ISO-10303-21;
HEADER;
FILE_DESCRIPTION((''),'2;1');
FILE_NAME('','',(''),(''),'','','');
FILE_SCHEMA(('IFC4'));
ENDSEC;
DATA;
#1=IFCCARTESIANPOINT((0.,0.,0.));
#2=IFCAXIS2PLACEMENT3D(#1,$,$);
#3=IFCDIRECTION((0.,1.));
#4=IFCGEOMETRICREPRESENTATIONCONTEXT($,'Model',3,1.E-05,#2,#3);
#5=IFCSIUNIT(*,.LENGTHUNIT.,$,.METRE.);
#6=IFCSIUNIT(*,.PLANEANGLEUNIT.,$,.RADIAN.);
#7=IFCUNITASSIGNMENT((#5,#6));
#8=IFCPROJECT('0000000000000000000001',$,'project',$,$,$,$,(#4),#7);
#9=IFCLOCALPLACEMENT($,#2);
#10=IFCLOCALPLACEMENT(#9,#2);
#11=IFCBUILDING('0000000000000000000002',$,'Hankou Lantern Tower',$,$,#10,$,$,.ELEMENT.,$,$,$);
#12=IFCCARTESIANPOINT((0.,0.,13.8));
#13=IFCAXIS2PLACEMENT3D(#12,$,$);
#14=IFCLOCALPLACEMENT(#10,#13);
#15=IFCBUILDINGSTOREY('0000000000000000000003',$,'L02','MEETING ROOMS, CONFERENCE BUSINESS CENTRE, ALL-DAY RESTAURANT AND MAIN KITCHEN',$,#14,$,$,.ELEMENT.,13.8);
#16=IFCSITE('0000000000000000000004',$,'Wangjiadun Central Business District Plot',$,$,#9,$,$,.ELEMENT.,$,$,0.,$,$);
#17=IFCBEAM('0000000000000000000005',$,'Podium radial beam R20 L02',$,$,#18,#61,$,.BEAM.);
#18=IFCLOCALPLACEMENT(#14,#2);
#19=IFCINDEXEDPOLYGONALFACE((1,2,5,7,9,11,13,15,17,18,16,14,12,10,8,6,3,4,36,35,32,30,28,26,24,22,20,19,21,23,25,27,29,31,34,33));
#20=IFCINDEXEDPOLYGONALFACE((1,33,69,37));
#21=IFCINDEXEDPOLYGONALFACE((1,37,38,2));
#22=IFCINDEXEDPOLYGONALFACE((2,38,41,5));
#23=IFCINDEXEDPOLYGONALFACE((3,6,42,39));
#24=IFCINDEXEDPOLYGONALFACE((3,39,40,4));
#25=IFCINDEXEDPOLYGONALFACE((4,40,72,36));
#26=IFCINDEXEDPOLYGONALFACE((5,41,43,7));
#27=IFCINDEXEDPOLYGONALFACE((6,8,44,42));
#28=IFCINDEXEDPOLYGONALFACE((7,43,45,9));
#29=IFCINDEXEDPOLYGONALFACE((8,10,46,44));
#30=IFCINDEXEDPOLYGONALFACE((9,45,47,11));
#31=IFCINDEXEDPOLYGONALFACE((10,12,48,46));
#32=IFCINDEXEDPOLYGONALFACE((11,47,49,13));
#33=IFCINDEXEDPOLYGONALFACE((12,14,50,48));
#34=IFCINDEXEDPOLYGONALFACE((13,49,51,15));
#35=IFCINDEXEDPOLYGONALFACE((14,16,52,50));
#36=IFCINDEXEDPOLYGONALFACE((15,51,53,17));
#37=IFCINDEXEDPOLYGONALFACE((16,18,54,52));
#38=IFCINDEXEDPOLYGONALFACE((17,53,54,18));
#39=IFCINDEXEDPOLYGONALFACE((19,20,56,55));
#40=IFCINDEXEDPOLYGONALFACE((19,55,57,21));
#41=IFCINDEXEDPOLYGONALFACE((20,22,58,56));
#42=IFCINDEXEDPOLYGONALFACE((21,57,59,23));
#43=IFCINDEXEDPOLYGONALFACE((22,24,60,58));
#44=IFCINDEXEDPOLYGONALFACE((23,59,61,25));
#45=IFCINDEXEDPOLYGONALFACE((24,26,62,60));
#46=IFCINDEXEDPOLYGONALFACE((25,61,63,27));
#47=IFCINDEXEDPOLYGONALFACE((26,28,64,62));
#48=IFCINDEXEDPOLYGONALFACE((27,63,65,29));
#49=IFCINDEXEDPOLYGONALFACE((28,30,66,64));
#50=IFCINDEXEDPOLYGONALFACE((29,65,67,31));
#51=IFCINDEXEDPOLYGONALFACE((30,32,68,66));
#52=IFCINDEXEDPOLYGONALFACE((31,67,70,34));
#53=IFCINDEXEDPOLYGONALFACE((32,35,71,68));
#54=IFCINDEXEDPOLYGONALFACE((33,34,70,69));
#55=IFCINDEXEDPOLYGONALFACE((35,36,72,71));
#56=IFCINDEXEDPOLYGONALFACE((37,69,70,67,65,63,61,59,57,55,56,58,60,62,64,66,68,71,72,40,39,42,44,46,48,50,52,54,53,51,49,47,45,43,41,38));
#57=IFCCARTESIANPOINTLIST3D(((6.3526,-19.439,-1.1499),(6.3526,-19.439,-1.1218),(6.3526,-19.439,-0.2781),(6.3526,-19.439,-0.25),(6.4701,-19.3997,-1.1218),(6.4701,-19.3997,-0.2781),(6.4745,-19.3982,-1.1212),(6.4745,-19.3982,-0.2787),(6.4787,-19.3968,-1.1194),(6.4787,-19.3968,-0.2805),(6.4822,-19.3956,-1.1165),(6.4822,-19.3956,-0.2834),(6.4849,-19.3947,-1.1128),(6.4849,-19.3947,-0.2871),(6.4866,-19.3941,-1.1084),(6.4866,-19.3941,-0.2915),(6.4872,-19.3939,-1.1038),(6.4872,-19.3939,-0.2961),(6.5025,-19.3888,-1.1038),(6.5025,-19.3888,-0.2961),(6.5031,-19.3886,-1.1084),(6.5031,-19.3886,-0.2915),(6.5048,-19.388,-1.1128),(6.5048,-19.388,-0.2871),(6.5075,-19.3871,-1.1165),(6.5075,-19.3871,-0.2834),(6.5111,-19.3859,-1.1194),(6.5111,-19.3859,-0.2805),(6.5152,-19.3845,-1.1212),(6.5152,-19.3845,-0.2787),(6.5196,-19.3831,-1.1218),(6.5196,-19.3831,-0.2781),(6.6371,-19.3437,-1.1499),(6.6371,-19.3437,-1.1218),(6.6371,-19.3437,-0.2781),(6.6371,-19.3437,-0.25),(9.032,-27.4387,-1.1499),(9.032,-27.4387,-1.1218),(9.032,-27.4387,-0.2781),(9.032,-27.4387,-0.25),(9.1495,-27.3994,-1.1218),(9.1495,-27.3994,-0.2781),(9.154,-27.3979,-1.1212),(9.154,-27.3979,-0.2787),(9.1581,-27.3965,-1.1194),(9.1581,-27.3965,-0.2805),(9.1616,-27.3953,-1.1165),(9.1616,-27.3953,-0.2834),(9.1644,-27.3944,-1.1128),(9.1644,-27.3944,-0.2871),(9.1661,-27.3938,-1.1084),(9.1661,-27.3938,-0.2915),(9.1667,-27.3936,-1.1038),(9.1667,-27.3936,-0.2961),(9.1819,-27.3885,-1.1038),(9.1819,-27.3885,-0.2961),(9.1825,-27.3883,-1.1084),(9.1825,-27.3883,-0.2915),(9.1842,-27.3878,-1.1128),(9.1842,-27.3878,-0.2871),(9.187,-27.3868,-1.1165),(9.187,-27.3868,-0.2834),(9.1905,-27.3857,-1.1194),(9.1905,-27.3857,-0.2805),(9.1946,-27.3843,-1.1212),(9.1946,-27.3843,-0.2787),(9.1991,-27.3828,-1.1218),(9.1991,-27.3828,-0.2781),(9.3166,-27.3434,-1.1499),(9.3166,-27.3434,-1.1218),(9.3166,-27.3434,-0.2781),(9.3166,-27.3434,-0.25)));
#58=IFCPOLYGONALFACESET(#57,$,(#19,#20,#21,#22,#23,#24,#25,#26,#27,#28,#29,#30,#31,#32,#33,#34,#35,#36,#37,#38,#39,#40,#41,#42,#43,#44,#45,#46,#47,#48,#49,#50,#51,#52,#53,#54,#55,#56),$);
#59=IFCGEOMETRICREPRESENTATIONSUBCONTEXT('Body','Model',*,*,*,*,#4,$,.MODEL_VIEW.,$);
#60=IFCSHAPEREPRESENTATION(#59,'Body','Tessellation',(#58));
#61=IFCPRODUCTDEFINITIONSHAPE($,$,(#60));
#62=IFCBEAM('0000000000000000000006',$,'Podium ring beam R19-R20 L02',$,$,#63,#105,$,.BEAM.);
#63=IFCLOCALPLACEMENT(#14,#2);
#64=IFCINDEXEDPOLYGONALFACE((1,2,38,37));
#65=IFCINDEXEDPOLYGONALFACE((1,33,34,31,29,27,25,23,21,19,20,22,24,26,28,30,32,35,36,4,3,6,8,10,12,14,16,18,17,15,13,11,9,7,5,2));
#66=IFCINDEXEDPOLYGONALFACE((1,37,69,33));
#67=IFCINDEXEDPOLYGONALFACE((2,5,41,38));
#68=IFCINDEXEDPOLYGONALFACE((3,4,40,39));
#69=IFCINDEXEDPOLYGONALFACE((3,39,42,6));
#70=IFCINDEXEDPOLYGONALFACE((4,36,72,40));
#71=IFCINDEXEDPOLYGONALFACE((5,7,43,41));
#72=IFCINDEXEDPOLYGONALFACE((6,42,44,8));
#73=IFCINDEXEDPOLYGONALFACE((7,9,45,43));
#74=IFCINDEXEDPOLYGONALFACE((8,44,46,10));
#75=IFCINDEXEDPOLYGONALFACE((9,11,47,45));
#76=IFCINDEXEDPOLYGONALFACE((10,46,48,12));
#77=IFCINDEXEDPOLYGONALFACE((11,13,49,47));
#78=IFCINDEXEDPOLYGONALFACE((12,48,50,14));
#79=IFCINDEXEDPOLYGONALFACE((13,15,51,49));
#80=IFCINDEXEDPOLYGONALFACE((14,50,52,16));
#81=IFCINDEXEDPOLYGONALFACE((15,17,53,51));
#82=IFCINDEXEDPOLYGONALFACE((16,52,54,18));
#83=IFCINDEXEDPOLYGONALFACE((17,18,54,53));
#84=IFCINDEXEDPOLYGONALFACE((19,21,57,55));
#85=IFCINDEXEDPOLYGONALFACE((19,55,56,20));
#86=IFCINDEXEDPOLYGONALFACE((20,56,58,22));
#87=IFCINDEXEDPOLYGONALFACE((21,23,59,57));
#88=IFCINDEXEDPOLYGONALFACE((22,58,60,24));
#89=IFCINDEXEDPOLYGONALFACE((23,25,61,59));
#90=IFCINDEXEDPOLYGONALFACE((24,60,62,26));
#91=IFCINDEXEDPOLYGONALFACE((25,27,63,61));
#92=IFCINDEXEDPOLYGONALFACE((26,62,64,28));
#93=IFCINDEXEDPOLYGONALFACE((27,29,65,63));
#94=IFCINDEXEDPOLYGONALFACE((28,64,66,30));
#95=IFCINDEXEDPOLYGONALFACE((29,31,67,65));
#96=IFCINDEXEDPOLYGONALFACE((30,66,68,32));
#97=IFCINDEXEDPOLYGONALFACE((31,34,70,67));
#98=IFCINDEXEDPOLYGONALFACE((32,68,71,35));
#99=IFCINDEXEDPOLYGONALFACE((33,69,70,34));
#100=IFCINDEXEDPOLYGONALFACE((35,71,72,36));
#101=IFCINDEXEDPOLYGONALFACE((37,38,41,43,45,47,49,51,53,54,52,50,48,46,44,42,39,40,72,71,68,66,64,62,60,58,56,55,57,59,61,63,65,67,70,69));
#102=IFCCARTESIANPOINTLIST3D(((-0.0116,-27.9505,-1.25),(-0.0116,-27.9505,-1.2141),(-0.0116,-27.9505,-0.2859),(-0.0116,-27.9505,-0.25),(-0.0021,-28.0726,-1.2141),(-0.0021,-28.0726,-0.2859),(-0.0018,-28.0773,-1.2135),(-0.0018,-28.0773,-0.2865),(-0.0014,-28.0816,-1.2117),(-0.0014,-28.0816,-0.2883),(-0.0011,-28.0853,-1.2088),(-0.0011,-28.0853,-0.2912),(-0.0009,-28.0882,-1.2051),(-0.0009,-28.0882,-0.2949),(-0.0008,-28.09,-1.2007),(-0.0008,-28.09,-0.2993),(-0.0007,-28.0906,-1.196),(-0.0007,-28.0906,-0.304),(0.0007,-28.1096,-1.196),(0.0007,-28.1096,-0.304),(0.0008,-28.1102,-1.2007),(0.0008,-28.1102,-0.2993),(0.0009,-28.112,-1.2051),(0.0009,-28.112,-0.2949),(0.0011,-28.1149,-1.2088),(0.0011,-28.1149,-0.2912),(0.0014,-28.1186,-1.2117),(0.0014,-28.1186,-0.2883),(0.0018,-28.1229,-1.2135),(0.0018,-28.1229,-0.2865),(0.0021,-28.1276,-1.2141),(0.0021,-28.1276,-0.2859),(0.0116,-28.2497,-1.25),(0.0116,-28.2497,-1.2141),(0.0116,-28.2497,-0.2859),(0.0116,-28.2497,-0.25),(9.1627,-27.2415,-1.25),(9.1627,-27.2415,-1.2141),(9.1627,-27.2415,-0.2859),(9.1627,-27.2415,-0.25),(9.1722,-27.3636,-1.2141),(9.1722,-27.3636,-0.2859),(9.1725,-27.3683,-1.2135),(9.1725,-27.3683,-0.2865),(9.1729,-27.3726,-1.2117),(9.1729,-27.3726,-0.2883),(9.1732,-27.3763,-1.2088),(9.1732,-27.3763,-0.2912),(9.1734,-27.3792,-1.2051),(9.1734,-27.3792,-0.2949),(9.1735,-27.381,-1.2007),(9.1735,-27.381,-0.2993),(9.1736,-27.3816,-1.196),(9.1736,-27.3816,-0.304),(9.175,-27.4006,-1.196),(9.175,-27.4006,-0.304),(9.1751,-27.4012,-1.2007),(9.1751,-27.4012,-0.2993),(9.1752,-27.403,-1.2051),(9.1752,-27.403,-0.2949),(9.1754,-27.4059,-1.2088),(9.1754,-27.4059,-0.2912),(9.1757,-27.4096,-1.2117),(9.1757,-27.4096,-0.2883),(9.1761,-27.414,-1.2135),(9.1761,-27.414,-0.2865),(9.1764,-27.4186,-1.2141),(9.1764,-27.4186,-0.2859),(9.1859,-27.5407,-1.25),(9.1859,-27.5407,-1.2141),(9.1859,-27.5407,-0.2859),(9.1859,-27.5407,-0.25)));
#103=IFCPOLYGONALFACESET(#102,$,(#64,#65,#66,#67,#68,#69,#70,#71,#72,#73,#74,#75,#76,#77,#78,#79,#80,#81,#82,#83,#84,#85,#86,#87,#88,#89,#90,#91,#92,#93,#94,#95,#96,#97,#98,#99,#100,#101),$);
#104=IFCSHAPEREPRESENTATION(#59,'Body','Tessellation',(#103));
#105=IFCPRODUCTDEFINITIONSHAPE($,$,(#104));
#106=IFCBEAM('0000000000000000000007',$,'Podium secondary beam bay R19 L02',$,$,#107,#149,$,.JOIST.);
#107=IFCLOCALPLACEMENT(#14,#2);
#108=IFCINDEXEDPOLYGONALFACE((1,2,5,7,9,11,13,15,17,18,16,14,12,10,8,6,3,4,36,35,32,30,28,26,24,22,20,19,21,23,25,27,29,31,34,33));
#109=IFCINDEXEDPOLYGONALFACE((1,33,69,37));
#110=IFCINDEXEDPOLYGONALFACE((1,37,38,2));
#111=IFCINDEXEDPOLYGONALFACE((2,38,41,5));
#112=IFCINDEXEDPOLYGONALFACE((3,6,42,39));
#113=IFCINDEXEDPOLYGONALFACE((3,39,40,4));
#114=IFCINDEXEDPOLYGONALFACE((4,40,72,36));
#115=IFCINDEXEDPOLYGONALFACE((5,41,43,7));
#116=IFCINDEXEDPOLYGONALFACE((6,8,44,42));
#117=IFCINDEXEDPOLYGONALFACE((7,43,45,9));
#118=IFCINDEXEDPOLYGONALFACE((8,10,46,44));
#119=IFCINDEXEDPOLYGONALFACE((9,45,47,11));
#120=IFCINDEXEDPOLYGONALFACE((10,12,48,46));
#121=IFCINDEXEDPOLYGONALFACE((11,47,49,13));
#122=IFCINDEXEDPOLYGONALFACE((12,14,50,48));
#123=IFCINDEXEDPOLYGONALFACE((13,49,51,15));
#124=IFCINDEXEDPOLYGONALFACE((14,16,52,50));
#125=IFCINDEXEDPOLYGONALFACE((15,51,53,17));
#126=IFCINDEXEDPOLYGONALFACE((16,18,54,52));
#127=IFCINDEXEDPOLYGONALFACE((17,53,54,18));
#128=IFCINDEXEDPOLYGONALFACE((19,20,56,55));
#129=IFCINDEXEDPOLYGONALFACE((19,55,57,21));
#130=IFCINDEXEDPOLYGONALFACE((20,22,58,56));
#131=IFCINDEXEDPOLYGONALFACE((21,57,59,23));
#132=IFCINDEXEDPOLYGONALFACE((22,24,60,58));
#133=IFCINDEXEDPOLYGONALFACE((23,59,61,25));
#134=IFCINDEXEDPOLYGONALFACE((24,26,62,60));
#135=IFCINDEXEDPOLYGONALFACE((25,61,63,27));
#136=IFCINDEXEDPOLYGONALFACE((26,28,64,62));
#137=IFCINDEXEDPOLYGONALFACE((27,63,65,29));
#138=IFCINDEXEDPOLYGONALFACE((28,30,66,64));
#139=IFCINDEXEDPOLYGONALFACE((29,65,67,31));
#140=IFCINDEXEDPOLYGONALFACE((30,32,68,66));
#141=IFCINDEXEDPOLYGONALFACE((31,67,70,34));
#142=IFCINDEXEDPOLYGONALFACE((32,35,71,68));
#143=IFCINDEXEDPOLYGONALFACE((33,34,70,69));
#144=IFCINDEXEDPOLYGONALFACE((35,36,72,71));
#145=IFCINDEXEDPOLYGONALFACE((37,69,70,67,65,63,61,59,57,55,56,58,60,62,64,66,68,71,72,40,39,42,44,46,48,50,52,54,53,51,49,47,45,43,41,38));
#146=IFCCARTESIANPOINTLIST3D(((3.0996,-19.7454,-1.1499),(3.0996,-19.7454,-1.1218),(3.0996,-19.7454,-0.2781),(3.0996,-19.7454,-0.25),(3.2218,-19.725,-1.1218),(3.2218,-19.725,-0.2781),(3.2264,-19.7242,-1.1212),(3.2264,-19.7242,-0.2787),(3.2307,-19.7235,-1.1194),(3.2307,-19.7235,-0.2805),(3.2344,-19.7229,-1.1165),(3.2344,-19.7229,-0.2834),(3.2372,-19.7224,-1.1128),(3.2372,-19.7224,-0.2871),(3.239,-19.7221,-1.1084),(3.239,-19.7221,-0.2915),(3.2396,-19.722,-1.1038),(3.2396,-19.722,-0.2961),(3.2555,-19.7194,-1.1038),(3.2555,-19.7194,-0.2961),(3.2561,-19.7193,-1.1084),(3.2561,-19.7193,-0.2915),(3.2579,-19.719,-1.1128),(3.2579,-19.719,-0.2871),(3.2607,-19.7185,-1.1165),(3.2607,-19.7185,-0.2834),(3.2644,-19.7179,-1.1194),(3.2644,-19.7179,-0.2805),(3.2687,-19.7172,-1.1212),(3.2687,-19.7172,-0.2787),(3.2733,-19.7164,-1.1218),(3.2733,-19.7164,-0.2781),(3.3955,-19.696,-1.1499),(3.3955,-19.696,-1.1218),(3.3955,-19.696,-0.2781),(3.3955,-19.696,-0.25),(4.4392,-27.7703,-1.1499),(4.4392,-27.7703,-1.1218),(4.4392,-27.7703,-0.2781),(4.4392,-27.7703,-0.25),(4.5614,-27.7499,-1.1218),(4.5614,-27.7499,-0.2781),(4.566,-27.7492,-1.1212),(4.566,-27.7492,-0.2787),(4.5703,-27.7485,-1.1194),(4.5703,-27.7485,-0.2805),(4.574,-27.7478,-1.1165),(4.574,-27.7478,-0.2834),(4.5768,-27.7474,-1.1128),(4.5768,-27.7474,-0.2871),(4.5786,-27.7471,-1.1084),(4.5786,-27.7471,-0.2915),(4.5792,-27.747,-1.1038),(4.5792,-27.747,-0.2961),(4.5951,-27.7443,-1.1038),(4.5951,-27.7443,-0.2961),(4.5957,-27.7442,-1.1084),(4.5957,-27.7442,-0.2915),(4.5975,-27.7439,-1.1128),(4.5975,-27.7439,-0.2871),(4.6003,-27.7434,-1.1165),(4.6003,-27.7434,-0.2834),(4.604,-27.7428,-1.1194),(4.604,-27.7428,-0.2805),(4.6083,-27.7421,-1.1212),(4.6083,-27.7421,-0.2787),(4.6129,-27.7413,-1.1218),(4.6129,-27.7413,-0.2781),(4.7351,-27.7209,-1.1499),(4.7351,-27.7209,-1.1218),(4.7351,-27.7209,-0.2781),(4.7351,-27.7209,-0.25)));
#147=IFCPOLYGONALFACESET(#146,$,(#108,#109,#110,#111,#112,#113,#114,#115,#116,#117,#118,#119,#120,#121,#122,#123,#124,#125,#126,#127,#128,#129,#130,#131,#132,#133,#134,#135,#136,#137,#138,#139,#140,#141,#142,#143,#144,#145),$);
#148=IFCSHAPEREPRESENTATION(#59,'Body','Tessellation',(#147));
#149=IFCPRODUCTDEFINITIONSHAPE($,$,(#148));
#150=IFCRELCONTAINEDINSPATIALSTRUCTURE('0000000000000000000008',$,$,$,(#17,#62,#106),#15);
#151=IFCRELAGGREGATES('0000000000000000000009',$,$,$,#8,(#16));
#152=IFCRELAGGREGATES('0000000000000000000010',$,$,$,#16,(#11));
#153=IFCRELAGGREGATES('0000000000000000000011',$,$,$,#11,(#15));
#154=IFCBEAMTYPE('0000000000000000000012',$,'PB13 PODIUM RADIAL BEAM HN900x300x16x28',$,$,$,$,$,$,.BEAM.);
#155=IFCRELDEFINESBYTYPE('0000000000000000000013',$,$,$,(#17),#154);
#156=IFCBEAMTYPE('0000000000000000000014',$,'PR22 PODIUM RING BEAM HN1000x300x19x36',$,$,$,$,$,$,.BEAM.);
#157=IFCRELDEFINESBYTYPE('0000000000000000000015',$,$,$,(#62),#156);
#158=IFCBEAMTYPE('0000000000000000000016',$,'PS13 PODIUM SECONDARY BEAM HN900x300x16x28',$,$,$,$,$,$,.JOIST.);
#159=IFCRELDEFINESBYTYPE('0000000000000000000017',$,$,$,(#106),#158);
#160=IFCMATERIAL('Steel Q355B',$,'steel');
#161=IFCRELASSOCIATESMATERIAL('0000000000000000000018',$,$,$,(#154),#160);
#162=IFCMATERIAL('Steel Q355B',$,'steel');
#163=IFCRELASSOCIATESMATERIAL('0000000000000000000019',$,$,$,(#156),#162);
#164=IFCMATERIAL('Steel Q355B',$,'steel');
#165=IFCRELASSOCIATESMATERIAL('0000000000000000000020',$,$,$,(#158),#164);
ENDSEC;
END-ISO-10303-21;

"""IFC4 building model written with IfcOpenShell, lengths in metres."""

from ifc_helpers import new_model, si_unit, direction, frame, origin, origin_2d, place, context, subcontext, project, spatial, i_section, extrude, material, material_profile, profile_set, type_object, element, save


model = new_model("IFC4")

# Units and contexts
model_context = context("Model", 3, precision=1e-05, world=origin(), true_north=direction((0.0, 1.0)))
body_context = subcontext(model_context, "Body", "Model", "MODEL_VIEW")
ifc_project = project(units=[si_unit("LENGTHUNIT", "METRE"), si_unit("PLANEANGLEUNIT", "RADIAN")], contexts=[model_context])

# Site, building, storey
site_placement = place(None, origin())
site = spatial("IfcSite", under=ifc_project, at=site_placement, Name="Wangjiadun Central Business District Plot", CompositionType="ELEMENT", RefElevation=0.0)
building_placement = place(site_placement, origin())
building = spatial("IfcBuilding", under=site, at=building_placement, Name="Hankou Lantern Tower", CompositionType="ELEMENT")
storey_placement = place(building_placement, frame((0.0, 0.0, 13.8)))
storey = spatial("IfcBuildingStorey", under=building, at=storey_placement, Name="L02", Description="MEETING ROOMS, CONFERENCE BUSINESS CENTRE, ALL-DAY RESTAURANT AND MAIN KITCHEN", CompositionType="ELEMENT", Elevation=13.8)

# Beams
ifc_material_1 = material(Name="Steel Q355B", Category="steel")
ifc_material_profile_1 = material_profile(ifc_material_1, i_section(OverallWidth=0.3, OverallDepth=0.8999, WebThickness=0.0161, FlangeThickness=0.0281, FilletRadius=0.0181, at=origin_2d()), Name="HN900x300x16x28")
ifc_profile_set_1 = profile_set([ifc_material_profile_1], Name="Steel Q355B")
beam_type_1 = type_object("IfcBeamType", Name="PB13 PODIUM RADIAL BEAM HN900x300x16x28", PredefinedType="BEAM", material=ifc_profile_set_1)
beam_1_placement = place(storey_placement, frame((6.4949, -19.3914, -0.7), z_axis=(0.317599, -0.948225, 0.0), x_axis=(0.948225, 0.317599, 0.0)))
element("IfcBeam", 1, at=beam_1_placement, inside=storey, type_object=beam_type_1, Name="Podium radial beam R20 L02", PredefinedType="BEAM", context=body_context, shape_type="SweptSolid", body=[
    extrude(i_section(OverallWidth=0.3, OverallDepth=0.8999, WebThickness=0.0161, FlangeThickness=0.0281, FilletRadius=0.0181, at=origin_2d()), origin(), (0.0, 0.0, 1.0), 8.4365),
])
ifc_material_2 = material(Name="Steel Q355B", Category="steel")
ifc_material_profile_2 = material_profile(ifc_material_2, i_section(OverallWidth=0.3, OverallDepth=1.0, WebThickness=0.019, FlangeThickness=0.0359, FilletRadius=0.0181, at=origin_2d()), Name="HN1000x300x19x36")
ifc_profile_set_2 = profile_set([ifc_material_profile_2], Name="Steel Q355B")
beam_type_2 = type_object("IfcBeamType", Name="PR22 PODIUM RING BEAM HN1000x300x19x36", PredefinedType="BEAM", material=ifc_profile_set_2)
beam_2_placement = place(storey_placement, frame((0.0, -28.1001, -0.75), z_axis=(0.997027, 0.07705, 0.0), x_axis=(-0.07705, 0.997027, 0.0)))
element("IfcBeam", 2, at=beam_2_placement, inside=storey, type_object=beam_type_2, Name="Podium ring beam R19-R20 L02", PredefinedType="BEAM", context=body_context, shape_type="SweptSolid", body=[
    extrude(i_section(OverallWidth=0.3, OverallDepth=1.0, WebThickness=0.019, FlangeThickness=0.0359, FilletRadius=0.0181, at=origin_2d()), origin(), (0.0, 0.0, 1.0), 9.2017),
])
ifc_material_3 = material(Name="Steel Q355B", Category="steel")
ifc_material_profile_3 = material_profile(ifc_material_3, i_section(OverallWidth=0.3, OverallDepth=0.8999, WebThickness=0.0161, FlangeThickness=0.0281, FilletRadius=0.0181, at=origin_2d()), Name="HN900x300x16x28")
ifc_profile_set_3 = profile_set([ifc_material_profile_3], Name="Steel Q355B")
beam_type_3 = type_object("IfcBeamType", Name="PS13 PODIUM SECONDARY BEAM HN900x300x16x28", PredefinedType="JOIST", material=ifc_profile_set_3)
beam_3_placement = place(storey_placement, frame((3.2476, -19.7207, -0.7), z_axis=(0.164652, -0.986352, 0.0), x_axis=(0.986352, 0.164652, 0.0)))
element("IfcBeam", 3, at=beam_3_placement, inside=storey, type_object=beam_type_3, Name="Podium secondary beam bay R19 L02", PredefinedType="JOIST", context=body_context, shape_type="SweptSolid", body=[
    extrude(i_section(OverallWidth=0.3, OverallDepth=0.8999, WebThickness=0.0161, FlangeThickness=0.0281, FilletRadius=0.0181, at=origin_2d()), origin(), (0.0, 0.0, 1.0), 8.136),
])

save(model, "model.ifc")
